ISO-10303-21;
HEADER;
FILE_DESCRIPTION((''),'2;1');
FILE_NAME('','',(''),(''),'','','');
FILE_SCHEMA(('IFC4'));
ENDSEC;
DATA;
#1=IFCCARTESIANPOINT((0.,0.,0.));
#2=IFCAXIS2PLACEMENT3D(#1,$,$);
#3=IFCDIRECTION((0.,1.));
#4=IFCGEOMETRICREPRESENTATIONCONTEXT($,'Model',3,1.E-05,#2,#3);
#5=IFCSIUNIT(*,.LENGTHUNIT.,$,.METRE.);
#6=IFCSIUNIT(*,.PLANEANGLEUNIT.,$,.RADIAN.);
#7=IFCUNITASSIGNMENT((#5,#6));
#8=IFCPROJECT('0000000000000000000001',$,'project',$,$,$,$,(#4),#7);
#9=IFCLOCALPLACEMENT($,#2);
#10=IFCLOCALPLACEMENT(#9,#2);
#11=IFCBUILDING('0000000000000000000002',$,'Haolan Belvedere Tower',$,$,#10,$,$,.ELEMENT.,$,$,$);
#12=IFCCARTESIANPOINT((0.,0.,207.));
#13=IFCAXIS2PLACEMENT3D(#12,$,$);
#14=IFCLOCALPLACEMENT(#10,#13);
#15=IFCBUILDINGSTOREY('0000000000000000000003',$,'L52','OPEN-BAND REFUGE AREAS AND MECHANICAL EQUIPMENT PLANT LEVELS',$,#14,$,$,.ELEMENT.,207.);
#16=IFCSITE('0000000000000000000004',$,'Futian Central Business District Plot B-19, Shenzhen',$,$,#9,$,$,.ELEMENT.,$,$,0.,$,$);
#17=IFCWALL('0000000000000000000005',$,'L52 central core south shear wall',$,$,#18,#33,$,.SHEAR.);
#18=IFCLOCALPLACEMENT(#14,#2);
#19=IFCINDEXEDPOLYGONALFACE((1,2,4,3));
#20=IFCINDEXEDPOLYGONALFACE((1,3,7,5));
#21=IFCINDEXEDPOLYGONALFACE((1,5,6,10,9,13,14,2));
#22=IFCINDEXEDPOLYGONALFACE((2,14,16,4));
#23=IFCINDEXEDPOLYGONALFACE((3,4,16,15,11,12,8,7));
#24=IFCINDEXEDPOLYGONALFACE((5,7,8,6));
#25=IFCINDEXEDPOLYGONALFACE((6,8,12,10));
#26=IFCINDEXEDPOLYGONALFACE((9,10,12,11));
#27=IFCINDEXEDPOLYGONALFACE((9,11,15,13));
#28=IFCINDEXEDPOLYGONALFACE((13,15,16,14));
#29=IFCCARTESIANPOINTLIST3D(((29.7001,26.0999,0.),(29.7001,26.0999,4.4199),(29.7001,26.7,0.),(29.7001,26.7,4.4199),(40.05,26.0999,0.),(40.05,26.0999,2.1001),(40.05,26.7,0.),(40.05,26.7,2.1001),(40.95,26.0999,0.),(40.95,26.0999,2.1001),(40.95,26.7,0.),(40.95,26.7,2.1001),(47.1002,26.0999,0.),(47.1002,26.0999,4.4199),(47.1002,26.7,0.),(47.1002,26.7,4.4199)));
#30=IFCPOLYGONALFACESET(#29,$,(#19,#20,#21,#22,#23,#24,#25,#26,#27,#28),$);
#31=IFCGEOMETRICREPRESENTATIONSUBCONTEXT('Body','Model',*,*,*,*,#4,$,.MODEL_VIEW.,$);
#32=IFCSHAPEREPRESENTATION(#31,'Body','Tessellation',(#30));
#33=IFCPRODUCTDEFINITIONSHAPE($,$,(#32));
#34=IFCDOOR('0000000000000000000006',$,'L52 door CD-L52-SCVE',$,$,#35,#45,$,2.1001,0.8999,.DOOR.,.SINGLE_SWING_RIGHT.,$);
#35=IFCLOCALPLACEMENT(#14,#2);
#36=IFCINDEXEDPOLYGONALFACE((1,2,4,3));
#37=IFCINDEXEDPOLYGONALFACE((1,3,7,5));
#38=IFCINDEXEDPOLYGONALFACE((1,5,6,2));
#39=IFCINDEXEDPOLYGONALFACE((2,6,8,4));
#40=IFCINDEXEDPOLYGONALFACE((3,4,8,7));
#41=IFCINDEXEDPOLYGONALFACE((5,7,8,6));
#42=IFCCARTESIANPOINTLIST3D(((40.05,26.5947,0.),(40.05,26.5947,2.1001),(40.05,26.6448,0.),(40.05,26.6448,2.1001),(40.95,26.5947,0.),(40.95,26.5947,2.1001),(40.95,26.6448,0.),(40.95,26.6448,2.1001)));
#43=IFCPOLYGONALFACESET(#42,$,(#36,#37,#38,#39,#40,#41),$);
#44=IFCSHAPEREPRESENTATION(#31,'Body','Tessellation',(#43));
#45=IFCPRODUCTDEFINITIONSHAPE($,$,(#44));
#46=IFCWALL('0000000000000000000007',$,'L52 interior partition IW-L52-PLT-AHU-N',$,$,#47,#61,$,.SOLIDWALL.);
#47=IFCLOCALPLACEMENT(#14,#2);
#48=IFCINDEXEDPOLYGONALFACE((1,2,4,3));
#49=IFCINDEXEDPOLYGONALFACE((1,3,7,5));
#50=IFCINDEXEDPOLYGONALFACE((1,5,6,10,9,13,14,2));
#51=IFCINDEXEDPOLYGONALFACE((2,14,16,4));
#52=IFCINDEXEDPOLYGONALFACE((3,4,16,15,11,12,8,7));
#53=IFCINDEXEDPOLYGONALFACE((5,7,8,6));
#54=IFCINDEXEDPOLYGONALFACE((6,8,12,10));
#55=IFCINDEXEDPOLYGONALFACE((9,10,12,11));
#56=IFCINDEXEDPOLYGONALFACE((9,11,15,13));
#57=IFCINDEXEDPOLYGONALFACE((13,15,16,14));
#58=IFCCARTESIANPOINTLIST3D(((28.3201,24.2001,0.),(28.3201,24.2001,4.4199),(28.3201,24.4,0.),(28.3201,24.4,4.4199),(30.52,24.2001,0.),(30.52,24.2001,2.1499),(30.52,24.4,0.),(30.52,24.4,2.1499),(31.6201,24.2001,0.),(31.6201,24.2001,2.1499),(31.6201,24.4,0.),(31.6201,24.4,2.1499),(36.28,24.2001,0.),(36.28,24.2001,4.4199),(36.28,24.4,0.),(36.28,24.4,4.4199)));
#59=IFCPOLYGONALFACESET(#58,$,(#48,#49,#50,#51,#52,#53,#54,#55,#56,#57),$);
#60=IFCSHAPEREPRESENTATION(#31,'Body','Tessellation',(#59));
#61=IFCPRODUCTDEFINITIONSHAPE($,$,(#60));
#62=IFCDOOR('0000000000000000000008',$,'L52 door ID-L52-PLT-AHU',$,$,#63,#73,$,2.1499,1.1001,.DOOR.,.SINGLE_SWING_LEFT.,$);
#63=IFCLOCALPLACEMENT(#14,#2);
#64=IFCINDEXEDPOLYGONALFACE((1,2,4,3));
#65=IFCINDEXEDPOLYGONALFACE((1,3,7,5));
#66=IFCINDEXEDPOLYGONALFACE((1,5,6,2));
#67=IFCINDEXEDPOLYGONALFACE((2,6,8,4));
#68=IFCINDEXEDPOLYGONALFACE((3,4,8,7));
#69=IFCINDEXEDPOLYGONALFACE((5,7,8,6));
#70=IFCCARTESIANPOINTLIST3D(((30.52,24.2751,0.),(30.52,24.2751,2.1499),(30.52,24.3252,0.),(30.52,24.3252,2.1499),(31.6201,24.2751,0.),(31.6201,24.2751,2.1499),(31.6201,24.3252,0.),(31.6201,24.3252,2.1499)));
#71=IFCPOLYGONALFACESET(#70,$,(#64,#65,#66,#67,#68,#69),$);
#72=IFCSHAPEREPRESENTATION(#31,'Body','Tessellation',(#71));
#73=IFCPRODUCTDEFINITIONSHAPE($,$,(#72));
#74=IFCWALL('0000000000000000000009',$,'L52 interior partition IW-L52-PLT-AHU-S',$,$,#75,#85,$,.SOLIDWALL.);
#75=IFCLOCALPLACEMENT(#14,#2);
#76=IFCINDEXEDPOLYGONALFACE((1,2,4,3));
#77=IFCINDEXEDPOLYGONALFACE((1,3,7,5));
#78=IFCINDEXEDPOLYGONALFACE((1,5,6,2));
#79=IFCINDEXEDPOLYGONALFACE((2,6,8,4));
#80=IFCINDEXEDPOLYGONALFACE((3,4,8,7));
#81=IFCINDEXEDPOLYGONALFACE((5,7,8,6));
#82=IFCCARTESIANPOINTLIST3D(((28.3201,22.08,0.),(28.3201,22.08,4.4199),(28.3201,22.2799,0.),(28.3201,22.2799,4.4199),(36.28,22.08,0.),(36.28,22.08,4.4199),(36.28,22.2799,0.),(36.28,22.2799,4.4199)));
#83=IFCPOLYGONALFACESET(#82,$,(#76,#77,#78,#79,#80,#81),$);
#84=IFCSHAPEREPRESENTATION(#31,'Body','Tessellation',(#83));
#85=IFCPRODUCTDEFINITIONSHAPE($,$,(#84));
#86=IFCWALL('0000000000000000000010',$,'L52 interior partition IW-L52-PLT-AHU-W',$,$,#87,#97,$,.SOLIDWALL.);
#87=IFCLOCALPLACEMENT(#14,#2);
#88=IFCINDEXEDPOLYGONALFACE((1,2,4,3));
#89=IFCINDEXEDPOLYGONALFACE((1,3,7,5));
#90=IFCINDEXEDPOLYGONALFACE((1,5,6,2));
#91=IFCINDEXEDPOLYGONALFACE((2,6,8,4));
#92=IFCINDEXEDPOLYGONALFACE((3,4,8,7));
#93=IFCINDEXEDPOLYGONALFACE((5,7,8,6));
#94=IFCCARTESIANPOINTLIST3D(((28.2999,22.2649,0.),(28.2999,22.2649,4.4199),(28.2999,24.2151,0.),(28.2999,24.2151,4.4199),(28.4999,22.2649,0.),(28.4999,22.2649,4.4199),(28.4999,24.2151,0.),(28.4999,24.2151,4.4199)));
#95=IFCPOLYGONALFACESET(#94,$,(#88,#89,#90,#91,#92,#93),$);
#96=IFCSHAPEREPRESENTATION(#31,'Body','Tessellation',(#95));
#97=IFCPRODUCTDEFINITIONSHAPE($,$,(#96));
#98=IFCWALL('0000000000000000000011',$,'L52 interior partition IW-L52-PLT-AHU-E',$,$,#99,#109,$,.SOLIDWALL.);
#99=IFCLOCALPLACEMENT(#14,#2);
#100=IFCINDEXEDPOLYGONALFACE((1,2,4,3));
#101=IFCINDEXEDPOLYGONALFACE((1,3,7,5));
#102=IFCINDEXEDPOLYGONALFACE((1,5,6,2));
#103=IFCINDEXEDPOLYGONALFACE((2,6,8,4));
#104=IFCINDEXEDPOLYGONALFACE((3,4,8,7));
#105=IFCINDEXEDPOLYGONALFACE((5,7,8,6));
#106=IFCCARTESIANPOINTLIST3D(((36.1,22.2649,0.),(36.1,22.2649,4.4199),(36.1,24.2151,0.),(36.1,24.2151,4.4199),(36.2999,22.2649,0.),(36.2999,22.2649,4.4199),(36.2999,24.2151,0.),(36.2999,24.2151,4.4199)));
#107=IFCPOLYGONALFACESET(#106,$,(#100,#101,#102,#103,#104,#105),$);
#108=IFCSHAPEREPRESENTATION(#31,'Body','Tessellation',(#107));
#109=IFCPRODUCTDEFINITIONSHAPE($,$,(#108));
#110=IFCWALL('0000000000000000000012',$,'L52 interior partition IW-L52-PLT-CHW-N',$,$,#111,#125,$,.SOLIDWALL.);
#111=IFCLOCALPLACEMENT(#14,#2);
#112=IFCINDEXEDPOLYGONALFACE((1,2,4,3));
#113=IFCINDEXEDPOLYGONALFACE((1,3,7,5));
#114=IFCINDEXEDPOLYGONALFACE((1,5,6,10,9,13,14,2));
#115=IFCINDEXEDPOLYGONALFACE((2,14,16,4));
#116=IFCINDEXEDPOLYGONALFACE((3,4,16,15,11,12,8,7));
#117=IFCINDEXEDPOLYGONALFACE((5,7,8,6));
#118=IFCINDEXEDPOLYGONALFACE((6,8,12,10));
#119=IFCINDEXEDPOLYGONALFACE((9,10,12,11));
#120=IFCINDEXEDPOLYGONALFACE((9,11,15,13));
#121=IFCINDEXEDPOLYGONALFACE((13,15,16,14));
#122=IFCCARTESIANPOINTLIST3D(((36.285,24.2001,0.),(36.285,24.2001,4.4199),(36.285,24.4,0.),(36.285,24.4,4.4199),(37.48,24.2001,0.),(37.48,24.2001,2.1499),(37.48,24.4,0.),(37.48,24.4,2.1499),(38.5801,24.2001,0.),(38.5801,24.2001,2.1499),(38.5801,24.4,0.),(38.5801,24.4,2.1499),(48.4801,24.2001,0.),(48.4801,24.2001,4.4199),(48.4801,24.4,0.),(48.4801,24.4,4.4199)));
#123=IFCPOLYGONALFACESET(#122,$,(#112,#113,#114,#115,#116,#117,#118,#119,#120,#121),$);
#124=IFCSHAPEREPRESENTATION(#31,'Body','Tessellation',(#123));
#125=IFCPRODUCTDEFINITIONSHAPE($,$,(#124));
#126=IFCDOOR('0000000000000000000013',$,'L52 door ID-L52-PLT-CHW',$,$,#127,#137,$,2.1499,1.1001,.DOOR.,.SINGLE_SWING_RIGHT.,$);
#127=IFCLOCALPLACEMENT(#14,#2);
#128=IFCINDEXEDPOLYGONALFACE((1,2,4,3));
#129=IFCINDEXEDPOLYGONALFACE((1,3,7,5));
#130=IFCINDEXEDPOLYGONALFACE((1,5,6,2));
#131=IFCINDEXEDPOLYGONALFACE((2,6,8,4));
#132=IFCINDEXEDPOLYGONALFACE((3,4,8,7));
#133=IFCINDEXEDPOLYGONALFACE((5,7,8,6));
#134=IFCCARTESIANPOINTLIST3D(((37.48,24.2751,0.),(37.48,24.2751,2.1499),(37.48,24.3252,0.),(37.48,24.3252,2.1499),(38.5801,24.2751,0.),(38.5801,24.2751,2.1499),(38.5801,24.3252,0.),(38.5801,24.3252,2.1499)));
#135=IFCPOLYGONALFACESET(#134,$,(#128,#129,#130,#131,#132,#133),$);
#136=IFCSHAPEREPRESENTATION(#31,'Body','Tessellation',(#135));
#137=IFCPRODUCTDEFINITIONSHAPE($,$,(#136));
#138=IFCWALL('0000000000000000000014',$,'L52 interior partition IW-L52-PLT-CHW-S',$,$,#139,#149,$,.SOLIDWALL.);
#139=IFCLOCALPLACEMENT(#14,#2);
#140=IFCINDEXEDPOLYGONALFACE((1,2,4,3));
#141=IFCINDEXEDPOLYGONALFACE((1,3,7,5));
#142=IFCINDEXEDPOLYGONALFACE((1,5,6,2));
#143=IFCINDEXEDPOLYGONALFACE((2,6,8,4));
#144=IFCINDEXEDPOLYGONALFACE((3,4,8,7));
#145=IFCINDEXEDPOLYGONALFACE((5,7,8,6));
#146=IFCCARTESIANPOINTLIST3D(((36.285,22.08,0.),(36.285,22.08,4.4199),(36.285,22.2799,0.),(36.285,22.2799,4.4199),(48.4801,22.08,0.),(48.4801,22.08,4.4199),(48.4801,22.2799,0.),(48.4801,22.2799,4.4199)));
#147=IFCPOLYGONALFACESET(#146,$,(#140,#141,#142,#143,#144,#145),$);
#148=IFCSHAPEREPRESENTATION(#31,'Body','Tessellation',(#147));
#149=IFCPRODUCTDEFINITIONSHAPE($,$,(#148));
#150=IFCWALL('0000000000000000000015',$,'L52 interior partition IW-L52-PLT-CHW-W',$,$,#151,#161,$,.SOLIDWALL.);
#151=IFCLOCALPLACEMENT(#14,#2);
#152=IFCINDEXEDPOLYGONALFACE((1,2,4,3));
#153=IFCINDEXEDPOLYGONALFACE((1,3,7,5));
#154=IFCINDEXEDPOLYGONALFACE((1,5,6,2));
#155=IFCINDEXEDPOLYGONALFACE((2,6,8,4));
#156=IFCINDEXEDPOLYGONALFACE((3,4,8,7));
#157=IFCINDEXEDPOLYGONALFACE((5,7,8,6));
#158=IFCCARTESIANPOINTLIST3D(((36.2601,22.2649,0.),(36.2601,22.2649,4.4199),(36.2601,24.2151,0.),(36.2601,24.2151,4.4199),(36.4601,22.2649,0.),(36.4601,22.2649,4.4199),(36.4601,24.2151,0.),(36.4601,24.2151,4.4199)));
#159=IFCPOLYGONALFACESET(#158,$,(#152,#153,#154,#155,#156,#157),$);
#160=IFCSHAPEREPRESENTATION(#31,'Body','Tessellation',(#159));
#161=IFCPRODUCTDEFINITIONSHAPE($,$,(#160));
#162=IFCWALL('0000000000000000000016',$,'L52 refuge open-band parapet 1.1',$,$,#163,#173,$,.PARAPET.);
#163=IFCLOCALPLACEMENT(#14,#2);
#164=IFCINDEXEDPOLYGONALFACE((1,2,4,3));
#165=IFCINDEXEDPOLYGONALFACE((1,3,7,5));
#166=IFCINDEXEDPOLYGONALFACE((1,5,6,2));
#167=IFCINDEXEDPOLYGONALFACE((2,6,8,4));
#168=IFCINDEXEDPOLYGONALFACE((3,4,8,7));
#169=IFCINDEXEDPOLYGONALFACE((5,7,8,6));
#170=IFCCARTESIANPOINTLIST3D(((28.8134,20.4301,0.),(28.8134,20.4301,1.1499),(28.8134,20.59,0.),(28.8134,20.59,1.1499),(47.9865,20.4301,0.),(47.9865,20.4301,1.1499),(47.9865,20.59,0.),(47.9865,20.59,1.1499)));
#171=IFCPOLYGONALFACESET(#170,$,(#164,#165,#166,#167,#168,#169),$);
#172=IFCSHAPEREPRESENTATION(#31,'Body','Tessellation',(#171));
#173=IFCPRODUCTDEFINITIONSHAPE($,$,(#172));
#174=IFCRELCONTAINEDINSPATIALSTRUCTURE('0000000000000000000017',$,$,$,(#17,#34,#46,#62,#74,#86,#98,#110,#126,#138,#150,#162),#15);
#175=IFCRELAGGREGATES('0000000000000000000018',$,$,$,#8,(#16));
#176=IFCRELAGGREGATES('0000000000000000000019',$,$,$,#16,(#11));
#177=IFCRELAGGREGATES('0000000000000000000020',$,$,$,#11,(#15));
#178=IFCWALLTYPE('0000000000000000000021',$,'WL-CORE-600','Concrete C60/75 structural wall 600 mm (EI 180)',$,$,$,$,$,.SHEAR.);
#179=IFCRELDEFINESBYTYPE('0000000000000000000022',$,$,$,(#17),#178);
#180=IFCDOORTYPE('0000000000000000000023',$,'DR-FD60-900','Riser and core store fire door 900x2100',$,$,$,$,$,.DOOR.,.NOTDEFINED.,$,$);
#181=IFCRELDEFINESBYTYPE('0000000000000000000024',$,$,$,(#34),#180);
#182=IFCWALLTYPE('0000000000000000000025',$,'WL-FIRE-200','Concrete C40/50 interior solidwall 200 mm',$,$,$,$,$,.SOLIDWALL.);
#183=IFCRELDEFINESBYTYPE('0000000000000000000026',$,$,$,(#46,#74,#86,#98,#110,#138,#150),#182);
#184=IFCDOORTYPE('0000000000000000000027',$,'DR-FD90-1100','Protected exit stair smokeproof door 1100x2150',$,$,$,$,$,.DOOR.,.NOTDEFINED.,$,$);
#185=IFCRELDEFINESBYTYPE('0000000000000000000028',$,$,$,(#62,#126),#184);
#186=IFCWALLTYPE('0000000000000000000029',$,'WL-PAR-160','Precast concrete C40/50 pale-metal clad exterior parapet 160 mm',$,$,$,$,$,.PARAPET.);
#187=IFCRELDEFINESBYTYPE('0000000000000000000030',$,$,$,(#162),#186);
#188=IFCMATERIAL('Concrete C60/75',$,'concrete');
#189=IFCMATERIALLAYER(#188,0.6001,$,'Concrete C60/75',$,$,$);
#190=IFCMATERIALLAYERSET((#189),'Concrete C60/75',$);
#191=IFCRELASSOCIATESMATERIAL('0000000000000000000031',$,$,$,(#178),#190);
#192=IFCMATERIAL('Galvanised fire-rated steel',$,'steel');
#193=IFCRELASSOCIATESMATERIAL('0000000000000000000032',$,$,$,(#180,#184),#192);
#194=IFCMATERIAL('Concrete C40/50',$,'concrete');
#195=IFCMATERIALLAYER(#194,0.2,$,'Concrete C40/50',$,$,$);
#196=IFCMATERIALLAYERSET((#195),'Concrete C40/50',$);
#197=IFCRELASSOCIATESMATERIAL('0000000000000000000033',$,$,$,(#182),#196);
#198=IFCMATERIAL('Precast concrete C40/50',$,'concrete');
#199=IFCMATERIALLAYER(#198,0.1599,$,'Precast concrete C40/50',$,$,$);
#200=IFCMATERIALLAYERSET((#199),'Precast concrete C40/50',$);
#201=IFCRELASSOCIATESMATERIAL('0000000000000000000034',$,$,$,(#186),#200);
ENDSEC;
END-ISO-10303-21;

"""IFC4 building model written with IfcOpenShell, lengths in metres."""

from ifc_helpers import new_model, si_unit, direction, frame, frame_2d, origin, place, context, subcontext, project, spatial, rectangle, extrude, material, layer, layer_set, type_object, element, fill, save


model = new_model("IFC4")

# Units and contexts
model_context = context("Model", 3, precision=1e-05, world=origin(), true_north=direction((0.0, 1.0)))
body_context = subcontext(model_context, "Body", "Model", "MODEL_VIEW")
ifc_project = project(units=[si_unit("LENGTHUNIT", "METRE"), si_unit("PLANEANGLEUNIT", "RADIAN")], contexts=[model_context])

# Site, building, storey
site_placement = place(None, origin())
site = spatial("IfcSite", under=ifc_project, at=site_placement, Name="Futian Central Business District Plot B-19, Shenzhen", CompositionType="ELEMENT", RefElevation=0.0)
building_placement = place(site_placement, origin())
building = spatial("IfcBuilding", under=site, at=building_placement, Name="Haolan Belvedere Tower", CompositionType="ELEMENT")
storey_placement = place(building_placement, frame((0.0, 0.0, 207.0)))
storey = spatial("IfcBuildingStorey", under=building, at=storey_placement, Name="L52", Description="OPEN-BAND REFUGE AREAS AND MECHANICAL EQUIPMENT PLANT LEVELS", CompositionType="ELEMENT", Elevation=207.0)

# Walls, openings, doors
ifc_material_1 = material(Name="Concrete C60/75", Category="concrete")
ifc_layer_1 = layer(ifc_material_1, 0.6001, Name="Concrete C60/75")
ifc_layer_set_1 = layer_set([ifc_layer_1], Name="Concrete C60/75")
wall_type_1 = type_object("IfcWallType", Name="WL-CORE-600", Description="Concrete C60/75 structural wall 600 mm (EI 180)", PredefinedType="SHEAR", material=ifc_layer_set_1)
wall_1_placement = place(storey_placement, frame((29.7, 26.3999, 0.0), z_axis=(0.0, 0.0, 1.0), x_axis=(1.0, 0.0, 0.0)))
wall_1 = element("IfcWall", 1, at=wall_1_placement, inside=storey, type_object=wall_type_1, Name="L52 central core south shear wall", PredefinedType="SHEAR", context=body_context, shape_type="SweptSolid", body=[
    extrude(rectangle(XDim=17.4001, YDim=0.6001, at=frame_2d((8.7002, 0.0))), origin(), (0.0, 0.0, 1.0), 4.4199),
])
opening_1_placement = place(wall_1_placement, frame((11.25, 0.0, 0.0), z_axis=(0.0, 0.0, 1.0), x_axis=(-1.0, 0.0, 0.0)))
opening_1 = element("IfcOpeningElement", 2, at=opening_1_placement, cuts=wall_1, PredefinedType="OPENING", context=body_context, shape_type="SweptSolid", body=[
    extrude(rectangle(XDim=0.8999, YDim=2.1001, at=frame_2d((0.45, 1.05))), frame((0.0, 0.3101, 0.0), z_axis=(0.0, -1.0, 0.0), x_axis=(1.0, 0.0, 0.0)), (0.0, 0.0, 1.0), 0.6201),
])
ifc_material_2 = material(Name="Galvanised fire-rated steel", Category="steel")
door_type_1 = type_object("IfcDoorType", Name="DR-FD60-900", Description="Riser and core store fire door 900x2100", OperationType="NOTDEFINED", PredefinedType="DOOR", material=ifc_material_2)
door_1_placement = place(opening_1_placement, origin())
door_1 = element("IfcDoor", 3, at=door_1_placement, inside=storey, type_object=door_type_1, Name="L52 door CD-L52-SCVE", OperationType="SINGLE_SWING_RIGHT", OverallHeight=2.1001, OverallWidth=0.8999, PredefinedType="DOOR", context=body_context, shape_type="SweptSolid", body=[
    extrude(rectangle(XDim=0.8999, YDim=2.1001, at=frame_2d((0.45, 1.05))), frame((0.0, -0.1948, 0.0), z_axis=(0.0, -1.0, 0.0), x_axis=(1.0, 0.0, 0.0)), (0.0, 0.0, 1.0), 0.05),
])
fill(opening_1, door_1)
ifc_material_3 = material(Name="Concrete C40/50", Category="concrete")
ifc_layer_2 = layer(ifc_material_3, 0.2, Name="Concrete C40/50")
ifc_layer_set_2 = layer_set([ifc_layer_2], Name="Concrete C40/50")
wall_type_2 = type_object("IfcWallType", Name="WL-FIRE-200", Description="Concrete C40/50 interior solidwall 200 mm", PredefinedType="SOLIDWALL", material=ifc_layer_set_2)
wall_2_placement = place(storey_placement, frame((28.3201, 24.3, 0.0), z_axis=(0.0, 0.0, 1.0), x_axis=(1.0, 0.0, 0.0)))
wall_2 = element("IfcWall", 4, at=wall_2_placement, inside=storey, type_object=wall_type_2, Name="L52 interior partition IW-L52-PLT-AHU-N", PredefinedType="SOLIDWALL", context=body_context, shape_type="SweptSolid", body=[
    extrude(rectangle(XDim=7.96, YDim=0.2, at=frame_2d((3.98, 0.0))), origin(), (0.0, 0.0, 1.0), 4.4199),
])
opening_2_placement = place(wall_2_placement, frame((3.3, 0.0, 0.0), z_axis=(0.0, 0.0, 1.0), x_axis=(-1.0, 0.0, 0.0)))
opening_2 = element("IfcOpeningElement", 5, at=opening_2_placement, cuts=wall_2, PredefinedType="OPENING", context=body_context, shape_type="SweptSolid", body=[
    extrude(rectangle(XDim=1.1001, YDim=2.1499, at=frame_2d((0.55, 1.075))), frame((0.0, 0.1099, 0.0), z_axis=(0.0, -1.0, 0.0), x_axis=(1.0, 0.0, 0.0)), (0.0, 0.0, 1.0), 0.22),
])
door_type_2 = type_object("IfcDoorType", Name="DR-FD90-1100", Description="Protected exit stair smokeproof door 1100x2150", OperationType="NOTDEFINED", PredefinedType="DOOR", material=ifc_material_2)
door_2_placement = place(opening_2_placement, origin())
door_2 = element("IfcDoor", 6, at=door_2_placement, inside=storey, type_object=door_type_2, Name="L52 door ID-L52-PLT-AHU", OperationType="SINGLE_SWING_LEFT", OverallHeight=2.1499, OverallWidth=1.1001, PredefinedType="DOOR", context=body_context, shape_type="SweptSolid", body=[
    extrude(rectangle(XDim=1.1001, YDim=2.1499, at=frame_2d((0.55, 1.075))), frame((0.0, 0.0249, 0.0), z_axis=(0.0, -1.0, 0.0), x_axis=(1.0, 0.0, 0.0)), (0.0, 0.0, 1.0), 0.05),
])
fill(opening_2, door_2)

# Walls
wall_3_placement = place(storey_placement, frame((28.3201, 22.1799, 0.0), z_axis=(0.0, 0.0, 1.0), x_axis=(1.0, 0.0, 0.0)))
element("IfcWall", 7, at=wall_3_placement, inside=storey, type_object=wall_type_2, Name="L52 interior partition IW-L52-PLT-AHU-S", PredefinedType="SOLIDWALL", context=body_context, shape_type="SweptSolid", body=[
    extrude(rectangle(XDim=7.96, YDim=0.2, at=frame_2d((3.98, 0.0))), origin(), (0.0, 0.0, 1.0), 4.4199),
])
for number, where, z_axis, x_axis, name in (
    (8, (28.3999, 22.2649, 0.0), (0.0, 0.0, 1.0), (0.0, 1.0, 0.0), "L52 interior partition IW-L52-PLT-AHU-W"),
    (9, (36.2, 22.2649, 0.0), (0.0, 0.0, 1.0), (0.0, 1.0, 0.0), "L52 interior partition IW-L52-PLT-AHU-E"),
):
    element("IfcWall", number, at=place(storey_placement, frame(where, z_axis=z_axis, x_axis=x_axis)), inside=storey, type_object=wall_type_2, Name=name, PredefinedType="SOLIDWALL", context=body_context, shape_type="SweptSolid", body=[
        extrude(rectangle(XDim=1.9502, YDim=0.2, at=frame_2d((0.9751, 0.0))), origin(), (0.0, 0.0, 1.0), 4.4199),
    ])

# Wall, opening, door
wall_4_placement = place(storey_placement, frame((36.2849, 24.3, 0.0), z_axis=(0.0, 0.0, 1.0), x_axis=(1.0, 0.0, 0.0)))
wall_4 = element("IfcWall", 10, at=wall_4_placement, inside=storey, type_object=wall_type_2, Name="L52 interior partition IW-L52-PLT-CHW-N", PredefinedType="SOLIDWALL", context=body_context, shape_type="SweptSolid", body=[
    extrude(rectangle(XDim=12.1951, YDim=0.2, at=frame_2d((6.0977, 0.0))), origin(), (0.0, 0.0, 1.0), 4.4199),
])
opening_3_placement = place(wall_4_placement, frame((2.2952, 0.0, 0.0), z_axis=(0.0, 0.0, 1.0), x_axis=(-1.0, 0.0, 0.0)))
opening_3 = element("IfcOpeningElement", 11, at=opening_3_placement, cuts=wall_4, PredefinedType="OPENING", context=body_context, shape_type="SweptSolid", body=[
    extrude(rectangle(XDim=1.1001, YDim=2.1499, at=frame_2d((0.55, 1.075))), frame((0.0, 0.1099, 0.0), z_axis=(0.0, -1.0, 0.0), x_axis=(1.0, 0.0, 0.0)), (0.0, 0.0, 1.0), 0.22),
])
door_3_placement = place(opening_3_placement, origin())
door_3 = element("IfcDoor", 12, at=door_3_placement, inside=storey, type_object=door_type_2, Name="L52 door ID-L52-PLT-CHW", OperationType="SINGLE_SWING_RIGHT", OverallHeight=2.1499, OverallWidth=1.1001, PredefinedType="DOOR", context=body_context, shape_type="SweptSolid", body=[
    extrude(rectangle(XDim=1.1001, YDim=2.1499, at=frame_2d((0.55, 1.075))), frame((0.0, 0.0249, 0.0), z_axis=(0.0, -1.0, 0.0), x_axis=(1.0, 0.0, 0.0)), (0.0, 0.0, 1.0), 0.05),
])
fill(opening_3, door_3)

# Walls
wall_5_placement = place(storey_placement, frame((36.2849, 22.1799, 0.0), z_axis=(0.0, 0.0, 1.0), x_axis=(1.0, 0.0, 0.0)))
element("IfcWall", 13, at=wall_5_placement, inside=storey, type_object=wall_type_2, Name="L52 interior partition IW-L52-PLT-CHW-S", PredefinedType="SOLIDWALL", context=body_context, shape_type="SweptSolid", body=[
    extrude(rectangle(XDim=12.1951, YDim=0.2, at=frame_2d((6.0977, 0.0))), origin(), (0.0, 0.0, 1.0), 4.4199),
])
wall_6_placement = place(storey_placement, frame((36.3601, 22.2649, 0.0), z_axis=(0.0, 0.0, 1.0), x_axis=(0.0, 1.0, 0.0)))
element("IfcWall", 14, at=wall_6_placement, inside=storey, type_object=wall_type_2, Name="L52 interior partition IW-L52-PLT-CHW-W", PredefinedType="SOLIDWALL", context=body_context, shape_type="SweptSolid", body=[
    extrude(rectangle(XDim=1.9502, YDim=0.2, at=frame_2d((0.9751, 0.0))), origin(), (0.0, 0.0, 1.0), 4.4199),
])
ifc_material_4 = material(Name="Precast concrete C40/50", Category="concrete")
ifc_layer_3 = layer(ifc_material_4, 0.1599, Name="Precast concrete C40/50")
ifc_layer_set_3 = layer_set([ifc_layer_3], Name="Precast concrete C40/50")
wall_type_3 = type_object("IfcWallType", Name="WL-PAR-160", Description="Precast concrete C40/50 pale-metal clad exterior parapet 160 mm", PredefinedType="PARAPET", material=ifc_layer_set_3)
wall_7_placement = place(storey_placement, frame((28.8135, 20.51, 0.0), z_axis=(0.0, 0.0, 1.0), x_axis=(1.0, 0.0, 0.0)))
element("IfcWall", 15, at=wall_7_placement, inside=storey, type_object=wall_type_3, Name="L52 refuge open-band parapet 1.1", PredefinedType="PARAPET", context=body_context, shape_type="SweptSolid", body=[
    extrude(rectangle(XDim=19.1731, YDim=0.1599, at=frame_2d((9.5864, 0.0))), origin(), (0.0, 0.0, 1.0), 1.1499),
])

save(model, "model.ifc")
